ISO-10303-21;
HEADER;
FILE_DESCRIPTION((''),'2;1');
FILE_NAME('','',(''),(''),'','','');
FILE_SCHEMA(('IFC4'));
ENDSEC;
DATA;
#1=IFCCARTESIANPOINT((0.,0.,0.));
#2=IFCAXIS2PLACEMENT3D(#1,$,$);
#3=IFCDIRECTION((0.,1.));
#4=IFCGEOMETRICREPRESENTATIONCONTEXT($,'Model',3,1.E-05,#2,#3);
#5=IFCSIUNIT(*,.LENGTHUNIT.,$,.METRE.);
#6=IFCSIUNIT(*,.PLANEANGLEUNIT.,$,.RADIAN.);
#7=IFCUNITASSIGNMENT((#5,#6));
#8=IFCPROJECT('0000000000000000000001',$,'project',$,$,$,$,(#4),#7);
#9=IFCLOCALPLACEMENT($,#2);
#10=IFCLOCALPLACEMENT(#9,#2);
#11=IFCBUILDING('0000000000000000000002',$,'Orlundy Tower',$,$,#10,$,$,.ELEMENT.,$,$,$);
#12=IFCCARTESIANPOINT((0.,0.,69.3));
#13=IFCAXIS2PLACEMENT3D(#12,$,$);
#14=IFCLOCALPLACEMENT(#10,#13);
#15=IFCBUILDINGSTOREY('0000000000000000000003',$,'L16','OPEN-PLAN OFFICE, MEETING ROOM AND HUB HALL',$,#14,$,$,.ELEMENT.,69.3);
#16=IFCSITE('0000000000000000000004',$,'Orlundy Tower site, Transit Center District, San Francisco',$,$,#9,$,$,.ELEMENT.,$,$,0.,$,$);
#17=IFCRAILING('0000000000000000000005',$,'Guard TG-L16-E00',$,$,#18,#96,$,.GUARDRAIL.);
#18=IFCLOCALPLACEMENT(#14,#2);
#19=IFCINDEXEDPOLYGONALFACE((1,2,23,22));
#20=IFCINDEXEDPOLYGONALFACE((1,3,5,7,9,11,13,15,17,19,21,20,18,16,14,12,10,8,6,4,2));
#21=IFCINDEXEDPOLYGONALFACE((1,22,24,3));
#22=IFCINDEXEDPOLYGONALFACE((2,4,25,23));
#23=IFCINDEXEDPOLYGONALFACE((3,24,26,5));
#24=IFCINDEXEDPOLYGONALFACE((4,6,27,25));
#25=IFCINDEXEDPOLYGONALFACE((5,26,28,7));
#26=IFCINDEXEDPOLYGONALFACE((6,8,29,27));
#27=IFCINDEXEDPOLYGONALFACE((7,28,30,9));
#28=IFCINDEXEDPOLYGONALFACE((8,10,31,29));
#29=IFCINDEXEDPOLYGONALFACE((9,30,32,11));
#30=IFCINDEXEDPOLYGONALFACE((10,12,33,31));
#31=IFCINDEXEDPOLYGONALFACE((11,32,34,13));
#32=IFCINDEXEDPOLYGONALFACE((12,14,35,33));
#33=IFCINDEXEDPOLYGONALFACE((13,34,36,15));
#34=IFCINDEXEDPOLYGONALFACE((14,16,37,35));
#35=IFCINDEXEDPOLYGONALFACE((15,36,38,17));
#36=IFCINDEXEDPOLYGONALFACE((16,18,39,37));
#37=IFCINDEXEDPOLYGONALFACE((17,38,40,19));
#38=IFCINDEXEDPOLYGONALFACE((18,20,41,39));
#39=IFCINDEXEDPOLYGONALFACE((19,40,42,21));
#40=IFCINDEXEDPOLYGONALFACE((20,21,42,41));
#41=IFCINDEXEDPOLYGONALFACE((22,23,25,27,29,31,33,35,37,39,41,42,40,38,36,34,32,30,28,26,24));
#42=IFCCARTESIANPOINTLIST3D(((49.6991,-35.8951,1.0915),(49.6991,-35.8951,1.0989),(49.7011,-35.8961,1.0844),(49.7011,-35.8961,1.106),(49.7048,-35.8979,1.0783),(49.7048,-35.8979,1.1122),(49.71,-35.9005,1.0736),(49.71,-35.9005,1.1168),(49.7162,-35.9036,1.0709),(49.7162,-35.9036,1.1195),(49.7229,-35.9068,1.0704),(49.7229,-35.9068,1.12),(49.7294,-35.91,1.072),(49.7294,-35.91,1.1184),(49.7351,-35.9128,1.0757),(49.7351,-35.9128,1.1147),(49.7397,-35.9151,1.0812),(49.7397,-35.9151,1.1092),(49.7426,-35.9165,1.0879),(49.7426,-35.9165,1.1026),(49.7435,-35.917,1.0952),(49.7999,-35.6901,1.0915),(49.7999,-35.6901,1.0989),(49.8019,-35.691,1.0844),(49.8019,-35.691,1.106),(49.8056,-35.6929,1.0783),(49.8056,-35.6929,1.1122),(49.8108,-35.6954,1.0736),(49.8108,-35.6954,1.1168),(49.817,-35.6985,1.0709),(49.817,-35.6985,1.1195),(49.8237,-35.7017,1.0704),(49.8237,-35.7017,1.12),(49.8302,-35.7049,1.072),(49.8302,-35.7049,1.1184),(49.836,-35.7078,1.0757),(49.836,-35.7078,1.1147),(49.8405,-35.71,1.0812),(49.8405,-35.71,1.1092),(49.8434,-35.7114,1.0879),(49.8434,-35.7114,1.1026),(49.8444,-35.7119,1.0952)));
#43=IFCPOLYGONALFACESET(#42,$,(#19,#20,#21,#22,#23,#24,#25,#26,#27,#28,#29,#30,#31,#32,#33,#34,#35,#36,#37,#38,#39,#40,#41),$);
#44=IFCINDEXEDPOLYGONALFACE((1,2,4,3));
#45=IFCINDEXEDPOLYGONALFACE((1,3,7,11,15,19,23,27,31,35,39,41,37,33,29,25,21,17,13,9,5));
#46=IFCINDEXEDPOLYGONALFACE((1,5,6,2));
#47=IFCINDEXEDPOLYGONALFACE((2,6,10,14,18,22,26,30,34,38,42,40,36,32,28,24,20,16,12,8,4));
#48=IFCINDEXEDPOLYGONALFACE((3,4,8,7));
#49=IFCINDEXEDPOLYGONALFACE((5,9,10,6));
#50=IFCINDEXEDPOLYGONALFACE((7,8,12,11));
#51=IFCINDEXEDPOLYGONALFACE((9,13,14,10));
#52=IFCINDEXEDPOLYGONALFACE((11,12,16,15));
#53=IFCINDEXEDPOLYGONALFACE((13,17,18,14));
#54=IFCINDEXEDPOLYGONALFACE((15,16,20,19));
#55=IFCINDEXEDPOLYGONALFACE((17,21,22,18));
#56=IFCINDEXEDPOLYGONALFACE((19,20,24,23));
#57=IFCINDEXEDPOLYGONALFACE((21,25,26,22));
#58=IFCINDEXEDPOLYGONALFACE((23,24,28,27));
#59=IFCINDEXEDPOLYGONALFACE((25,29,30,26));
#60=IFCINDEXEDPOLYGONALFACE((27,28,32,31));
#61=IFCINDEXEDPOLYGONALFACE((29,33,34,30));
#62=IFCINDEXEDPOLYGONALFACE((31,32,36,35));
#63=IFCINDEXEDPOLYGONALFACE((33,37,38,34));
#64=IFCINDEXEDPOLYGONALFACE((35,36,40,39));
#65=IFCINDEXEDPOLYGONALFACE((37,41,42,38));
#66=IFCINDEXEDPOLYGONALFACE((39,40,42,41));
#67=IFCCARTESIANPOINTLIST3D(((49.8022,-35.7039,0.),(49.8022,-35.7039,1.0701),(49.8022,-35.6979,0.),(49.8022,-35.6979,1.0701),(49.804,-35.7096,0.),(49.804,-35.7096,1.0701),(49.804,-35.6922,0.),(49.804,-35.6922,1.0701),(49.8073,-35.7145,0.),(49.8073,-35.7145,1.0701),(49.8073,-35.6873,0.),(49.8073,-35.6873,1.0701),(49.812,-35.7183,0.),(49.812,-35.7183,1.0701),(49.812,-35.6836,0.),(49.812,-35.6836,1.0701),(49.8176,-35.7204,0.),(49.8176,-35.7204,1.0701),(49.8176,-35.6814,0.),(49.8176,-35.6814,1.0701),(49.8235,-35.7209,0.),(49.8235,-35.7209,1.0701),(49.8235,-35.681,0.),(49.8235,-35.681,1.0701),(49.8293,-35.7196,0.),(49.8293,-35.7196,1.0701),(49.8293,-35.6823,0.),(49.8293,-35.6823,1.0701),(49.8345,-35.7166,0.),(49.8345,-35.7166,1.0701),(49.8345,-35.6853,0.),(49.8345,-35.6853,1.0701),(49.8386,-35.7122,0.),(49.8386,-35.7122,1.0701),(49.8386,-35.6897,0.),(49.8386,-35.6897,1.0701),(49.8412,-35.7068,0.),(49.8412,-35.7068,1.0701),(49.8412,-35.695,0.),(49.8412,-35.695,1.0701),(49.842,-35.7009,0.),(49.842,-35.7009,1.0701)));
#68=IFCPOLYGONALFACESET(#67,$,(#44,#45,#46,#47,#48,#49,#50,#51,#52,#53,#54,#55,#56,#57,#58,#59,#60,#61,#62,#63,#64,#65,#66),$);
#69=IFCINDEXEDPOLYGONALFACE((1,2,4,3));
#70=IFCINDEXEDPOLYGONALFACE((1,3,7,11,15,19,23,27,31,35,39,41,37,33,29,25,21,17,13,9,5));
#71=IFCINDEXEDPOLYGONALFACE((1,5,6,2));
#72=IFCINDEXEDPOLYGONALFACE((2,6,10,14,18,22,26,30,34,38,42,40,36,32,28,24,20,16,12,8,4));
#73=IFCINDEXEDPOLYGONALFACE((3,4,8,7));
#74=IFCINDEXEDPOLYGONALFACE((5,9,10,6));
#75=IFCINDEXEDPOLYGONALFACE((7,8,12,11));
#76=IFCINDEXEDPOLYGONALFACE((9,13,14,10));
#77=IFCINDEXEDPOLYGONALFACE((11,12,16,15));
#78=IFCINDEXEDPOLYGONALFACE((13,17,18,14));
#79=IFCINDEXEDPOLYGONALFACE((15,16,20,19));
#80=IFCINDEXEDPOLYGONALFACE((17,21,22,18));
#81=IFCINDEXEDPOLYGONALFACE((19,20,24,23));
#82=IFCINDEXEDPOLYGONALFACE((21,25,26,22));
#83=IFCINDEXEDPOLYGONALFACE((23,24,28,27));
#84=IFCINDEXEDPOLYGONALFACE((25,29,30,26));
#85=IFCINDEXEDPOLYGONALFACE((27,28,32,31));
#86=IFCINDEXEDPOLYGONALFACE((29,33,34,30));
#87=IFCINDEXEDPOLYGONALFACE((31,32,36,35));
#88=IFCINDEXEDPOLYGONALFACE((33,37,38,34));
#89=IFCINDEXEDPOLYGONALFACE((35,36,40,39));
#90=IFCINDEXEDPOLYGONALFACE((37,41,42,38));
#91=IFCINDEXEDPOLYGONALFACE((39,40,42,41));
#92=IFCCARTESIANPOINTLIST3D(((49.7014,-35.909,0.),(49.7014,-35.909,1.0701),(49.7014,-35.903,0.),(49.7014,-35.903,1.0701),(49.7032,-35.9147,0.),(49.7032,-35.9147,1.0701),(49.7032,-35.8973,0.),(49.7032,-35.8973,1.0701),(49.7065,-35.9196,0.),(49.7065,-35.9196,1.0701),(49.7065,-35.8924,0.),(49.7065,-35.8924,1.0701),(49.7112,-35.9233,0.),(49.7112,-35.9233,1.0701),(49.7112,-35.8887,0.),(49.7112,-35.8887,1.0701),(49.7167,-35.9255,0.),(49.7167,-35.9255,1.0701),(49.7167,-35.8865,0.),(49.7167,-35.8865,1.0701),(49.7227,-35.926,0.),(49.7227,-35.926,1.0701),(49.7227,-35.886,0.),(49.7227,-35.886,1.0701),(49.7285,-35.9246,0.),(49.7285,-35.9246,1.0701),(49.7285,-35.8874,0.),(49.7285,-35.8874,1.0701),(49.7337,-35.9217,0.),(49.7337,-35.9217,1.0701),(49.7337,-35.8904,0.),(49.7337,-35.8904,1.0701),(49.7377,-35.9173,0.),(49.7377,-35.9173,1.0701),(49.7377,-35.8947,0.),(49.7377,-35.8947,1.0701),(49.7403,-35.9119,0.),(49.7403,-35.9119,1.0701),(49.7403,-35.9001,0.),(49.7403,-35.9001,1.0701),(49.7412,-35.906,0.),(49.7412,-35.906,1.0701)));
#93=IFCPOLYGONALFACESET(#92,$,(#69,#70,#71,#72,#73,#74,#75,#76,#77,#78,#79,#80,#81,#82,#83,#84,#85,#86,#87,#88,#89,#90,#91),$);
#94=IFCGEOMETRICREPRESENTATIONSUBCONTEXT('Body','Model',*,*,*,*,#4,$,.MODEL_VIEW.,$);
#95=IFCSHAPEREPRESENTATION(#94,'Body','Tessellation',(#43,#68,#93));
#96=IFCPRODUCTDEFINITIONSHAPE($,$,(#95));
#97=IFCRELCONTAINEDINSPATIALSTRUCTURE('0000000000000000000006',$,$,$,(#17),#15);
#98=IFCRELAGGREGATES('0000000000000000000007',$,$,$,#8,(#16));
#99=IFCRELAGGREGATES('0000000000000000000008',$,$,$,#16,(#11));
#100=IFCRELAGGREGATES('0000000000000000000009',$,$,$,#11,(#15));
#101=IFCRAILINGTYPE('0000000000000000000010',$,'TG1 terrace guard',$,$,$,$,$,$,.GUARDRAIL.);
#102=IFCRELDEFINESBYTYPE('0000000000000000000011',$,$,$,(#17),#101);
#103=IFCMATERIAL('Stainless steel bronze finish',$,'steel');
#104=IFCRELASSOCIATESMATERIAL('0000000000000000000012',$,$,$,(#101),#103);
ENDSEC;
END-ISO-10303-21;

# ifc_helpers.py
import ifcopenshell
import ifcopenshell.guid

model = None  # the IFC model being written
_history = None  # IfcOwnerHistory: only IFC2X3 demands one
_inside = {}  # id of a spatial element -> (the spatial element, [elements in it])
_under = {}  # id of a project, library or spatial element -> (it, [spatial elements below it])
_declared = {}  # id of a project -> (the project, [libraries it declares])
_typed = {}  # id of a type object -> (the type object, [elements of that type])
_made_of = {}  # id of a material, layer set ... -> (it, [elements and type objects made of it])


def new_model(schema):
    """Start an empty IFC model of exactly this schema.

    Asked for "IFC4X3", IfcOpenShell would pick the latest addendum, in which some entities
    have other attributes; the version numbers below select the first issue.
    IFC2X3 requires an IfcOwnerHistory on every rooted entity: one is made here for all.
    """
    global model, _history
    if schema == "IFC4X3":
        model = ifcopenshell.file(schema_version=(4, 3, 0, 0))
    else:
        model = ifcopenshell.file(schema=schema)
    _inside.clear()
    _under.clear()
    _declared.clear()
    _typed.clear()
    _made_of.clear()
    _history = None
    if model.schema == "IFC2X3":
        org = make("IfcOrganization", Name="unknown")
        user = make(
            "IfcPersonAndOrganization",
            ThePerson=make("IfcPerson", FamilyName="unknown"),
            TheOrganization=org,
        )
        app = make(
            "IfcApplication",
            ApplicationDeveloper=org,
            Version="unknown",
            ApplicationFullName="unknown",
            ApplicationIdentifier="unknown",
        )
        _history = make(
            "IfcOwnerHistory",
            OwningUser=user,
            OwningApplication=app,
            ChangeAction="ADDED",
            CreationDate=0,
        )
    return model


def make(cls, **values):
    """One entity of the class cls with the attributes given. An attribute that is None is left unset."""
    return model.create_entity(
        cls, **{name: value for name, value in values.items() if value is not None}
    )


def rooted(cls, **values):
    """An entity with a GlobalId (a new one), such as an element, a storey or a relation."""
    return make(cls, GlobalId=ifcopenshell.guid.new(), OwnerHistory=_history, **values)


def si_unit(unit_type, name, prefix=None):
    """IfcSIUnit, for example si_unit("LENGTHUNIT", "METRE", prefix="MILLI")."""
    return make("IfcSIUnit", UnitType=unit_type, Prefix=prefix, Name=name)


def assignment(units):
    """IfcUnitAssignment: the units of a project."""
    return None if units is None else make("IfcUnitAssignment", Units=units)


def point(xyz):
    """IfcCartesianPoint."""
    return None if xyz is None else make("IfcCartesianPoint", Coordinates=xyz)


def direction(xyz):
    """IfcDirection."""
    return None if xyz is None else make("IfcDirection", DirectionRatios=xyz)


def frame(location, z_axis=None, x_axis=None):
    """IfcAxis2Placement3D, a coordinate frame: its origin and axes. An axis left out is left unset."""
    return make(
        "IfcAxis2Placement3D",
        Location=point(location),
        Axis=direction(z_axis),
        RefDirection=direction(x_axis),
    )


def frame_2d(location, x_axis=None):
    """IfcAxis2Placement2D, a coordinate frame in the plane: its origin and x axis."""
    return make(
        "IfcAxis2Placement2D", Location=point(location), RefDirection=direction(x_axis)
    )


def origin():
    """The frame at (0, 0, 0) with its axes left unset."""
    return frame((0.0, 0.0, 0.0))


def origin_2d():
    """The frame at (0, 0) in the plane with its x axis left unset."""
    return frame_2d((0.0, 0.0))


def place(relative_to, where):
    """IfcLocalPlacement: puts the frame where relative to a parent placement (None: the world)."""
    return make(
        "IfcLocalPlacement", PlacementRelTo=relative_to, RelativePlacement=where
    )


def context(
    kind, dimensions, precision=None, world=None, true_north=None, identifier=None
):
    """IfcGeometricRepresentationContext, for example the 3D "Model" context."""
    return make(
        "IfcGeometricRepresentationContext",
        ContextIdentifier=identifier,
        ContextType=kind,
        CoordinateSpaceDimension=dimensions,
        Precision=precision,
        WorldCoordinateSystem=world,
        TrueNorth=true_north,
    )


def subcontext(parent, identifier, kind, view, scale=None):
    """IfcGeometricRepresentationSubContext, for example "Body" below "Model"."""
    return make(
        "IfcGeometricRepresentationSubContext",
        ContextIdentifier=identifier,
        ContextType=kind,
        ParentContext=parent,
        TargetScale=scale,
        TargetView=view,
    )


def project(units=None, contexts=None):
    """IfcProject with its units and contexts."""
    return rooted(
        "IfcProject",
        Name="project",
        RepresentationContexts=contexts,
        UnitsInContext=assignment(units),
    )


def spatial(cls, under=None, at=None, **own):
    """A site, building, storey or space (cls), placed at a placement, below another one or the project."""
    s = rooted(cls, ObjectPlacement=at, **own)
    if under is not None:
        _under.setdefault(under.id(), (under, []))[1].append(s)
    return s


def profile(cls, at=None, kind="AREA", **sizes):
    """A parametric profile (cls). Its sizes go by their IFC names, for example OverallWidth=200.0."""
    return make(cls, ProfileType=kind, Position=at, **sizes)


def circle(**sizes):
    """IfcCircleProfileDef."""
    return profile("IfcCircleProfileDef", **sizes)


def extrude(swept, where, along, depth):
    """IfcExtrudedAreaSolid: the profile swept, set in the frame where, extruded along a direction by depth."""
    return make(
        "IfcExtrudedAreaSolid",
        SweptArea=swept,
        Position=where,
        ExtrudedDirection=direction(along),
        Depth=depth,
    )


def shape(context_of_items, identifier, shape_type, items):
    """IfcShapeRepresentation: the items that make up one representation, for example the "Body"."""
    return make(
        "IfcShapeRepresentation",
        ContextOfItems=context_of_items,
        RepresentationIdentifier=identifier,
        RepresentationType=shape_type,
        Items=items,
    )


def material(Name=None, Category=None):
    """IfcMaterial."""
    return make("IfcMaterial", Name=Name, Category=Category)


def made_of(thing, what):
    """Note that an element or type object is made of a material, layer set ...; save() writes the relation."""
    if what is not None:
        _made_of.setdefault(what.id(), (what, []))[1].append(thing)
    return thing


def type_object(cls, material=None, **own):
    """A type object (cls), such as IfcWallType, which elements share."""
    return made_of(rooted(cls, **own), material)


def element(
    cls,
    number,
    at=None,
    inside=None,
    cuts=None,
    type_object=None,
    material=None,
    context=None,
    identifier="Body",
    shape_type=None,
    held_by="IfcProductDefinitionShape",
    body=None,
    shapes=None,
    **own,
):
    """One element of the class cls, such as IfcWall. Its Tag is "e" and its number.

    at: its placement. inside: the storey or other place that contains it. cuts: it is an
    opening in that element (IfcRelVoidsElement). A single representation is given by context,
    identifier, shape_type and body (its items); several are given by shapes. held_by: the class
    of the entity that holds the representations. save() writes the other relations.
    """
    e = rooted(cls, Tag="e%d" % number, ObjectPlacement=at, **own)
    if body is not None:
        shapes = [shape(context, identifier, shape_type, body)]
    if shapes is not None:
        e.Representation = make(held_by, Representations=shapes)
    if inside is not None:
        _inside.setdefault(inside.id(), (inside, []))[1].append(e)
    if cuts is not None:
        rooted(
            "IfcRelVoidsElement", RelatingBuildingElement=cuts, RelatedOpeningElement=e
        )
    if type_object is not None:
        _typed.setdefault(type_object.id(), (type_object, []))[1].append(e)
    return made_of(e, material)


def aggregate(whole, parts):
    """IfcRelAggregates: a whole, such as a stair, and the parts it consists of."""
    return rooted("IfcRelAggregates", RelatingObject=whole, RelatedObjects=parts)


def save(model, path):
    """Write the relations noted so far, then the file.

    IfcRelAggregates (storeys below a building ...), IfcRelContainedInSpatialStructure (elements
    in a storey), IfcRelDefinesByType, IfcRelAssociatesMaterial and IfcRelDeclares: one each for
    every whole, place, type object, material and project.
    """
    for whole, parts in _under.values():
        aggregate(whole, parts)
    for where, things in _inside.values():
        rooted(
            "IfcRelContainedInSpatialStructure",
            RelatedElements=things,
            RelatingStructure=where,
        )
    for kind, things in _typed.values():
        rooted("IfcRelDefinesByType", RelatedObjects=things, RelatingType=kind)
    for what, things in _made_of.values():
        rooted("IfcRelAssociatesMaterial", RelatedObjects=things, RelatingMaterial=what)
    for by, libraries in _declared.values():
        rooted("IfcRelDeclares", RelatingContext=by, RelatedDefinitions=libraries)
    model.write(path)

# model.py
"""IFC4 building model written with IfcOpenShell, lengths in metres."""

from ifc_helpers import new_model, si_unit, direction, frame, origin, origin_2d, place, context, subcontext, project, spatial, circle, extrude, material, type_object, element, save


model = new_model("IFC4")

# Units and contexts
model_context = context("Model", 3, precision=1e-05, world=origin(), true_north=direction((0.0, 1.0)))
body_context = subcontext(model_context, "Body", "Model", "MODEL_VIEW")
ifc_project = project(units=[si_unit("LENGTHUNIT", "METRE"), si_unit("PLANEANGLEUNIT", "RADIAN")], contexts=[model_context])

# Site, building, storey
site_placement = place(None, origin())
site = spatial("IfcSite", under=ifc_project, at=site_placement, Name="Orlundy Tower site, Transit Center District, San Francisco", CompositionType="ELEMENT", RefElevation=0.0)
building_placement = place(site_placement, origin())
building = spatial("IfcBuilding", under=site, at=building_placement, Name="Orlundy Tower", CompositionType="ELEMENT")
storey_placement = place(building_placement, frame((0.0, 0.0, 69.3)))
storey = spatial("IfcBuildingStorey", under=building, at=storey_placement, Name="L16", Description="OPEN-PLAN OFFICE, MEETING ROOM AND HUB HALL", CompositionType="ELEMENT", Elevation=69.3)

# Railing
ifc_material_1 = material(Name="Stainless steel bronze finish", Category="steel")
railing_type = type_object("IfcRailingType", Name="TG1 terrace guard", PredefinedType="GUARDRAIL", material=ifc_material_1)
railing_placement = place(storey_placement, frame((49.822, -35.7009, 0.0)))
element("IfcRailing", 1, at=railing_placement, inside=storey, type_object=railing_type, Name="Guard TG-L16-E00", PredefinedType="GUARDRAIL", context=body_context, shape_type="SweptSolid", body=[
    extrude(circle(Radius=0.0249, at=origin_2d()), frame((0.0, 0.0, 1.0952), z_axis=(-0.441221, -0.897399, 0.0), x_axis=(0.897399, -0.441221, 0.0)), (0.0, 0.0, 1.0), 0.2285),
    extrude(circle(Radius=0.02, at=origin_2d()), origin(), (0.0, 0.0, 1.0), 1.0701),
    extrude(circle(Radius=0.02, at=origin_2d()), frame((-0.1008, -0.2051, 0.0)), (0.0, 0.0, 1.0), 1.0701),
])

save(model, "model.ifc")
